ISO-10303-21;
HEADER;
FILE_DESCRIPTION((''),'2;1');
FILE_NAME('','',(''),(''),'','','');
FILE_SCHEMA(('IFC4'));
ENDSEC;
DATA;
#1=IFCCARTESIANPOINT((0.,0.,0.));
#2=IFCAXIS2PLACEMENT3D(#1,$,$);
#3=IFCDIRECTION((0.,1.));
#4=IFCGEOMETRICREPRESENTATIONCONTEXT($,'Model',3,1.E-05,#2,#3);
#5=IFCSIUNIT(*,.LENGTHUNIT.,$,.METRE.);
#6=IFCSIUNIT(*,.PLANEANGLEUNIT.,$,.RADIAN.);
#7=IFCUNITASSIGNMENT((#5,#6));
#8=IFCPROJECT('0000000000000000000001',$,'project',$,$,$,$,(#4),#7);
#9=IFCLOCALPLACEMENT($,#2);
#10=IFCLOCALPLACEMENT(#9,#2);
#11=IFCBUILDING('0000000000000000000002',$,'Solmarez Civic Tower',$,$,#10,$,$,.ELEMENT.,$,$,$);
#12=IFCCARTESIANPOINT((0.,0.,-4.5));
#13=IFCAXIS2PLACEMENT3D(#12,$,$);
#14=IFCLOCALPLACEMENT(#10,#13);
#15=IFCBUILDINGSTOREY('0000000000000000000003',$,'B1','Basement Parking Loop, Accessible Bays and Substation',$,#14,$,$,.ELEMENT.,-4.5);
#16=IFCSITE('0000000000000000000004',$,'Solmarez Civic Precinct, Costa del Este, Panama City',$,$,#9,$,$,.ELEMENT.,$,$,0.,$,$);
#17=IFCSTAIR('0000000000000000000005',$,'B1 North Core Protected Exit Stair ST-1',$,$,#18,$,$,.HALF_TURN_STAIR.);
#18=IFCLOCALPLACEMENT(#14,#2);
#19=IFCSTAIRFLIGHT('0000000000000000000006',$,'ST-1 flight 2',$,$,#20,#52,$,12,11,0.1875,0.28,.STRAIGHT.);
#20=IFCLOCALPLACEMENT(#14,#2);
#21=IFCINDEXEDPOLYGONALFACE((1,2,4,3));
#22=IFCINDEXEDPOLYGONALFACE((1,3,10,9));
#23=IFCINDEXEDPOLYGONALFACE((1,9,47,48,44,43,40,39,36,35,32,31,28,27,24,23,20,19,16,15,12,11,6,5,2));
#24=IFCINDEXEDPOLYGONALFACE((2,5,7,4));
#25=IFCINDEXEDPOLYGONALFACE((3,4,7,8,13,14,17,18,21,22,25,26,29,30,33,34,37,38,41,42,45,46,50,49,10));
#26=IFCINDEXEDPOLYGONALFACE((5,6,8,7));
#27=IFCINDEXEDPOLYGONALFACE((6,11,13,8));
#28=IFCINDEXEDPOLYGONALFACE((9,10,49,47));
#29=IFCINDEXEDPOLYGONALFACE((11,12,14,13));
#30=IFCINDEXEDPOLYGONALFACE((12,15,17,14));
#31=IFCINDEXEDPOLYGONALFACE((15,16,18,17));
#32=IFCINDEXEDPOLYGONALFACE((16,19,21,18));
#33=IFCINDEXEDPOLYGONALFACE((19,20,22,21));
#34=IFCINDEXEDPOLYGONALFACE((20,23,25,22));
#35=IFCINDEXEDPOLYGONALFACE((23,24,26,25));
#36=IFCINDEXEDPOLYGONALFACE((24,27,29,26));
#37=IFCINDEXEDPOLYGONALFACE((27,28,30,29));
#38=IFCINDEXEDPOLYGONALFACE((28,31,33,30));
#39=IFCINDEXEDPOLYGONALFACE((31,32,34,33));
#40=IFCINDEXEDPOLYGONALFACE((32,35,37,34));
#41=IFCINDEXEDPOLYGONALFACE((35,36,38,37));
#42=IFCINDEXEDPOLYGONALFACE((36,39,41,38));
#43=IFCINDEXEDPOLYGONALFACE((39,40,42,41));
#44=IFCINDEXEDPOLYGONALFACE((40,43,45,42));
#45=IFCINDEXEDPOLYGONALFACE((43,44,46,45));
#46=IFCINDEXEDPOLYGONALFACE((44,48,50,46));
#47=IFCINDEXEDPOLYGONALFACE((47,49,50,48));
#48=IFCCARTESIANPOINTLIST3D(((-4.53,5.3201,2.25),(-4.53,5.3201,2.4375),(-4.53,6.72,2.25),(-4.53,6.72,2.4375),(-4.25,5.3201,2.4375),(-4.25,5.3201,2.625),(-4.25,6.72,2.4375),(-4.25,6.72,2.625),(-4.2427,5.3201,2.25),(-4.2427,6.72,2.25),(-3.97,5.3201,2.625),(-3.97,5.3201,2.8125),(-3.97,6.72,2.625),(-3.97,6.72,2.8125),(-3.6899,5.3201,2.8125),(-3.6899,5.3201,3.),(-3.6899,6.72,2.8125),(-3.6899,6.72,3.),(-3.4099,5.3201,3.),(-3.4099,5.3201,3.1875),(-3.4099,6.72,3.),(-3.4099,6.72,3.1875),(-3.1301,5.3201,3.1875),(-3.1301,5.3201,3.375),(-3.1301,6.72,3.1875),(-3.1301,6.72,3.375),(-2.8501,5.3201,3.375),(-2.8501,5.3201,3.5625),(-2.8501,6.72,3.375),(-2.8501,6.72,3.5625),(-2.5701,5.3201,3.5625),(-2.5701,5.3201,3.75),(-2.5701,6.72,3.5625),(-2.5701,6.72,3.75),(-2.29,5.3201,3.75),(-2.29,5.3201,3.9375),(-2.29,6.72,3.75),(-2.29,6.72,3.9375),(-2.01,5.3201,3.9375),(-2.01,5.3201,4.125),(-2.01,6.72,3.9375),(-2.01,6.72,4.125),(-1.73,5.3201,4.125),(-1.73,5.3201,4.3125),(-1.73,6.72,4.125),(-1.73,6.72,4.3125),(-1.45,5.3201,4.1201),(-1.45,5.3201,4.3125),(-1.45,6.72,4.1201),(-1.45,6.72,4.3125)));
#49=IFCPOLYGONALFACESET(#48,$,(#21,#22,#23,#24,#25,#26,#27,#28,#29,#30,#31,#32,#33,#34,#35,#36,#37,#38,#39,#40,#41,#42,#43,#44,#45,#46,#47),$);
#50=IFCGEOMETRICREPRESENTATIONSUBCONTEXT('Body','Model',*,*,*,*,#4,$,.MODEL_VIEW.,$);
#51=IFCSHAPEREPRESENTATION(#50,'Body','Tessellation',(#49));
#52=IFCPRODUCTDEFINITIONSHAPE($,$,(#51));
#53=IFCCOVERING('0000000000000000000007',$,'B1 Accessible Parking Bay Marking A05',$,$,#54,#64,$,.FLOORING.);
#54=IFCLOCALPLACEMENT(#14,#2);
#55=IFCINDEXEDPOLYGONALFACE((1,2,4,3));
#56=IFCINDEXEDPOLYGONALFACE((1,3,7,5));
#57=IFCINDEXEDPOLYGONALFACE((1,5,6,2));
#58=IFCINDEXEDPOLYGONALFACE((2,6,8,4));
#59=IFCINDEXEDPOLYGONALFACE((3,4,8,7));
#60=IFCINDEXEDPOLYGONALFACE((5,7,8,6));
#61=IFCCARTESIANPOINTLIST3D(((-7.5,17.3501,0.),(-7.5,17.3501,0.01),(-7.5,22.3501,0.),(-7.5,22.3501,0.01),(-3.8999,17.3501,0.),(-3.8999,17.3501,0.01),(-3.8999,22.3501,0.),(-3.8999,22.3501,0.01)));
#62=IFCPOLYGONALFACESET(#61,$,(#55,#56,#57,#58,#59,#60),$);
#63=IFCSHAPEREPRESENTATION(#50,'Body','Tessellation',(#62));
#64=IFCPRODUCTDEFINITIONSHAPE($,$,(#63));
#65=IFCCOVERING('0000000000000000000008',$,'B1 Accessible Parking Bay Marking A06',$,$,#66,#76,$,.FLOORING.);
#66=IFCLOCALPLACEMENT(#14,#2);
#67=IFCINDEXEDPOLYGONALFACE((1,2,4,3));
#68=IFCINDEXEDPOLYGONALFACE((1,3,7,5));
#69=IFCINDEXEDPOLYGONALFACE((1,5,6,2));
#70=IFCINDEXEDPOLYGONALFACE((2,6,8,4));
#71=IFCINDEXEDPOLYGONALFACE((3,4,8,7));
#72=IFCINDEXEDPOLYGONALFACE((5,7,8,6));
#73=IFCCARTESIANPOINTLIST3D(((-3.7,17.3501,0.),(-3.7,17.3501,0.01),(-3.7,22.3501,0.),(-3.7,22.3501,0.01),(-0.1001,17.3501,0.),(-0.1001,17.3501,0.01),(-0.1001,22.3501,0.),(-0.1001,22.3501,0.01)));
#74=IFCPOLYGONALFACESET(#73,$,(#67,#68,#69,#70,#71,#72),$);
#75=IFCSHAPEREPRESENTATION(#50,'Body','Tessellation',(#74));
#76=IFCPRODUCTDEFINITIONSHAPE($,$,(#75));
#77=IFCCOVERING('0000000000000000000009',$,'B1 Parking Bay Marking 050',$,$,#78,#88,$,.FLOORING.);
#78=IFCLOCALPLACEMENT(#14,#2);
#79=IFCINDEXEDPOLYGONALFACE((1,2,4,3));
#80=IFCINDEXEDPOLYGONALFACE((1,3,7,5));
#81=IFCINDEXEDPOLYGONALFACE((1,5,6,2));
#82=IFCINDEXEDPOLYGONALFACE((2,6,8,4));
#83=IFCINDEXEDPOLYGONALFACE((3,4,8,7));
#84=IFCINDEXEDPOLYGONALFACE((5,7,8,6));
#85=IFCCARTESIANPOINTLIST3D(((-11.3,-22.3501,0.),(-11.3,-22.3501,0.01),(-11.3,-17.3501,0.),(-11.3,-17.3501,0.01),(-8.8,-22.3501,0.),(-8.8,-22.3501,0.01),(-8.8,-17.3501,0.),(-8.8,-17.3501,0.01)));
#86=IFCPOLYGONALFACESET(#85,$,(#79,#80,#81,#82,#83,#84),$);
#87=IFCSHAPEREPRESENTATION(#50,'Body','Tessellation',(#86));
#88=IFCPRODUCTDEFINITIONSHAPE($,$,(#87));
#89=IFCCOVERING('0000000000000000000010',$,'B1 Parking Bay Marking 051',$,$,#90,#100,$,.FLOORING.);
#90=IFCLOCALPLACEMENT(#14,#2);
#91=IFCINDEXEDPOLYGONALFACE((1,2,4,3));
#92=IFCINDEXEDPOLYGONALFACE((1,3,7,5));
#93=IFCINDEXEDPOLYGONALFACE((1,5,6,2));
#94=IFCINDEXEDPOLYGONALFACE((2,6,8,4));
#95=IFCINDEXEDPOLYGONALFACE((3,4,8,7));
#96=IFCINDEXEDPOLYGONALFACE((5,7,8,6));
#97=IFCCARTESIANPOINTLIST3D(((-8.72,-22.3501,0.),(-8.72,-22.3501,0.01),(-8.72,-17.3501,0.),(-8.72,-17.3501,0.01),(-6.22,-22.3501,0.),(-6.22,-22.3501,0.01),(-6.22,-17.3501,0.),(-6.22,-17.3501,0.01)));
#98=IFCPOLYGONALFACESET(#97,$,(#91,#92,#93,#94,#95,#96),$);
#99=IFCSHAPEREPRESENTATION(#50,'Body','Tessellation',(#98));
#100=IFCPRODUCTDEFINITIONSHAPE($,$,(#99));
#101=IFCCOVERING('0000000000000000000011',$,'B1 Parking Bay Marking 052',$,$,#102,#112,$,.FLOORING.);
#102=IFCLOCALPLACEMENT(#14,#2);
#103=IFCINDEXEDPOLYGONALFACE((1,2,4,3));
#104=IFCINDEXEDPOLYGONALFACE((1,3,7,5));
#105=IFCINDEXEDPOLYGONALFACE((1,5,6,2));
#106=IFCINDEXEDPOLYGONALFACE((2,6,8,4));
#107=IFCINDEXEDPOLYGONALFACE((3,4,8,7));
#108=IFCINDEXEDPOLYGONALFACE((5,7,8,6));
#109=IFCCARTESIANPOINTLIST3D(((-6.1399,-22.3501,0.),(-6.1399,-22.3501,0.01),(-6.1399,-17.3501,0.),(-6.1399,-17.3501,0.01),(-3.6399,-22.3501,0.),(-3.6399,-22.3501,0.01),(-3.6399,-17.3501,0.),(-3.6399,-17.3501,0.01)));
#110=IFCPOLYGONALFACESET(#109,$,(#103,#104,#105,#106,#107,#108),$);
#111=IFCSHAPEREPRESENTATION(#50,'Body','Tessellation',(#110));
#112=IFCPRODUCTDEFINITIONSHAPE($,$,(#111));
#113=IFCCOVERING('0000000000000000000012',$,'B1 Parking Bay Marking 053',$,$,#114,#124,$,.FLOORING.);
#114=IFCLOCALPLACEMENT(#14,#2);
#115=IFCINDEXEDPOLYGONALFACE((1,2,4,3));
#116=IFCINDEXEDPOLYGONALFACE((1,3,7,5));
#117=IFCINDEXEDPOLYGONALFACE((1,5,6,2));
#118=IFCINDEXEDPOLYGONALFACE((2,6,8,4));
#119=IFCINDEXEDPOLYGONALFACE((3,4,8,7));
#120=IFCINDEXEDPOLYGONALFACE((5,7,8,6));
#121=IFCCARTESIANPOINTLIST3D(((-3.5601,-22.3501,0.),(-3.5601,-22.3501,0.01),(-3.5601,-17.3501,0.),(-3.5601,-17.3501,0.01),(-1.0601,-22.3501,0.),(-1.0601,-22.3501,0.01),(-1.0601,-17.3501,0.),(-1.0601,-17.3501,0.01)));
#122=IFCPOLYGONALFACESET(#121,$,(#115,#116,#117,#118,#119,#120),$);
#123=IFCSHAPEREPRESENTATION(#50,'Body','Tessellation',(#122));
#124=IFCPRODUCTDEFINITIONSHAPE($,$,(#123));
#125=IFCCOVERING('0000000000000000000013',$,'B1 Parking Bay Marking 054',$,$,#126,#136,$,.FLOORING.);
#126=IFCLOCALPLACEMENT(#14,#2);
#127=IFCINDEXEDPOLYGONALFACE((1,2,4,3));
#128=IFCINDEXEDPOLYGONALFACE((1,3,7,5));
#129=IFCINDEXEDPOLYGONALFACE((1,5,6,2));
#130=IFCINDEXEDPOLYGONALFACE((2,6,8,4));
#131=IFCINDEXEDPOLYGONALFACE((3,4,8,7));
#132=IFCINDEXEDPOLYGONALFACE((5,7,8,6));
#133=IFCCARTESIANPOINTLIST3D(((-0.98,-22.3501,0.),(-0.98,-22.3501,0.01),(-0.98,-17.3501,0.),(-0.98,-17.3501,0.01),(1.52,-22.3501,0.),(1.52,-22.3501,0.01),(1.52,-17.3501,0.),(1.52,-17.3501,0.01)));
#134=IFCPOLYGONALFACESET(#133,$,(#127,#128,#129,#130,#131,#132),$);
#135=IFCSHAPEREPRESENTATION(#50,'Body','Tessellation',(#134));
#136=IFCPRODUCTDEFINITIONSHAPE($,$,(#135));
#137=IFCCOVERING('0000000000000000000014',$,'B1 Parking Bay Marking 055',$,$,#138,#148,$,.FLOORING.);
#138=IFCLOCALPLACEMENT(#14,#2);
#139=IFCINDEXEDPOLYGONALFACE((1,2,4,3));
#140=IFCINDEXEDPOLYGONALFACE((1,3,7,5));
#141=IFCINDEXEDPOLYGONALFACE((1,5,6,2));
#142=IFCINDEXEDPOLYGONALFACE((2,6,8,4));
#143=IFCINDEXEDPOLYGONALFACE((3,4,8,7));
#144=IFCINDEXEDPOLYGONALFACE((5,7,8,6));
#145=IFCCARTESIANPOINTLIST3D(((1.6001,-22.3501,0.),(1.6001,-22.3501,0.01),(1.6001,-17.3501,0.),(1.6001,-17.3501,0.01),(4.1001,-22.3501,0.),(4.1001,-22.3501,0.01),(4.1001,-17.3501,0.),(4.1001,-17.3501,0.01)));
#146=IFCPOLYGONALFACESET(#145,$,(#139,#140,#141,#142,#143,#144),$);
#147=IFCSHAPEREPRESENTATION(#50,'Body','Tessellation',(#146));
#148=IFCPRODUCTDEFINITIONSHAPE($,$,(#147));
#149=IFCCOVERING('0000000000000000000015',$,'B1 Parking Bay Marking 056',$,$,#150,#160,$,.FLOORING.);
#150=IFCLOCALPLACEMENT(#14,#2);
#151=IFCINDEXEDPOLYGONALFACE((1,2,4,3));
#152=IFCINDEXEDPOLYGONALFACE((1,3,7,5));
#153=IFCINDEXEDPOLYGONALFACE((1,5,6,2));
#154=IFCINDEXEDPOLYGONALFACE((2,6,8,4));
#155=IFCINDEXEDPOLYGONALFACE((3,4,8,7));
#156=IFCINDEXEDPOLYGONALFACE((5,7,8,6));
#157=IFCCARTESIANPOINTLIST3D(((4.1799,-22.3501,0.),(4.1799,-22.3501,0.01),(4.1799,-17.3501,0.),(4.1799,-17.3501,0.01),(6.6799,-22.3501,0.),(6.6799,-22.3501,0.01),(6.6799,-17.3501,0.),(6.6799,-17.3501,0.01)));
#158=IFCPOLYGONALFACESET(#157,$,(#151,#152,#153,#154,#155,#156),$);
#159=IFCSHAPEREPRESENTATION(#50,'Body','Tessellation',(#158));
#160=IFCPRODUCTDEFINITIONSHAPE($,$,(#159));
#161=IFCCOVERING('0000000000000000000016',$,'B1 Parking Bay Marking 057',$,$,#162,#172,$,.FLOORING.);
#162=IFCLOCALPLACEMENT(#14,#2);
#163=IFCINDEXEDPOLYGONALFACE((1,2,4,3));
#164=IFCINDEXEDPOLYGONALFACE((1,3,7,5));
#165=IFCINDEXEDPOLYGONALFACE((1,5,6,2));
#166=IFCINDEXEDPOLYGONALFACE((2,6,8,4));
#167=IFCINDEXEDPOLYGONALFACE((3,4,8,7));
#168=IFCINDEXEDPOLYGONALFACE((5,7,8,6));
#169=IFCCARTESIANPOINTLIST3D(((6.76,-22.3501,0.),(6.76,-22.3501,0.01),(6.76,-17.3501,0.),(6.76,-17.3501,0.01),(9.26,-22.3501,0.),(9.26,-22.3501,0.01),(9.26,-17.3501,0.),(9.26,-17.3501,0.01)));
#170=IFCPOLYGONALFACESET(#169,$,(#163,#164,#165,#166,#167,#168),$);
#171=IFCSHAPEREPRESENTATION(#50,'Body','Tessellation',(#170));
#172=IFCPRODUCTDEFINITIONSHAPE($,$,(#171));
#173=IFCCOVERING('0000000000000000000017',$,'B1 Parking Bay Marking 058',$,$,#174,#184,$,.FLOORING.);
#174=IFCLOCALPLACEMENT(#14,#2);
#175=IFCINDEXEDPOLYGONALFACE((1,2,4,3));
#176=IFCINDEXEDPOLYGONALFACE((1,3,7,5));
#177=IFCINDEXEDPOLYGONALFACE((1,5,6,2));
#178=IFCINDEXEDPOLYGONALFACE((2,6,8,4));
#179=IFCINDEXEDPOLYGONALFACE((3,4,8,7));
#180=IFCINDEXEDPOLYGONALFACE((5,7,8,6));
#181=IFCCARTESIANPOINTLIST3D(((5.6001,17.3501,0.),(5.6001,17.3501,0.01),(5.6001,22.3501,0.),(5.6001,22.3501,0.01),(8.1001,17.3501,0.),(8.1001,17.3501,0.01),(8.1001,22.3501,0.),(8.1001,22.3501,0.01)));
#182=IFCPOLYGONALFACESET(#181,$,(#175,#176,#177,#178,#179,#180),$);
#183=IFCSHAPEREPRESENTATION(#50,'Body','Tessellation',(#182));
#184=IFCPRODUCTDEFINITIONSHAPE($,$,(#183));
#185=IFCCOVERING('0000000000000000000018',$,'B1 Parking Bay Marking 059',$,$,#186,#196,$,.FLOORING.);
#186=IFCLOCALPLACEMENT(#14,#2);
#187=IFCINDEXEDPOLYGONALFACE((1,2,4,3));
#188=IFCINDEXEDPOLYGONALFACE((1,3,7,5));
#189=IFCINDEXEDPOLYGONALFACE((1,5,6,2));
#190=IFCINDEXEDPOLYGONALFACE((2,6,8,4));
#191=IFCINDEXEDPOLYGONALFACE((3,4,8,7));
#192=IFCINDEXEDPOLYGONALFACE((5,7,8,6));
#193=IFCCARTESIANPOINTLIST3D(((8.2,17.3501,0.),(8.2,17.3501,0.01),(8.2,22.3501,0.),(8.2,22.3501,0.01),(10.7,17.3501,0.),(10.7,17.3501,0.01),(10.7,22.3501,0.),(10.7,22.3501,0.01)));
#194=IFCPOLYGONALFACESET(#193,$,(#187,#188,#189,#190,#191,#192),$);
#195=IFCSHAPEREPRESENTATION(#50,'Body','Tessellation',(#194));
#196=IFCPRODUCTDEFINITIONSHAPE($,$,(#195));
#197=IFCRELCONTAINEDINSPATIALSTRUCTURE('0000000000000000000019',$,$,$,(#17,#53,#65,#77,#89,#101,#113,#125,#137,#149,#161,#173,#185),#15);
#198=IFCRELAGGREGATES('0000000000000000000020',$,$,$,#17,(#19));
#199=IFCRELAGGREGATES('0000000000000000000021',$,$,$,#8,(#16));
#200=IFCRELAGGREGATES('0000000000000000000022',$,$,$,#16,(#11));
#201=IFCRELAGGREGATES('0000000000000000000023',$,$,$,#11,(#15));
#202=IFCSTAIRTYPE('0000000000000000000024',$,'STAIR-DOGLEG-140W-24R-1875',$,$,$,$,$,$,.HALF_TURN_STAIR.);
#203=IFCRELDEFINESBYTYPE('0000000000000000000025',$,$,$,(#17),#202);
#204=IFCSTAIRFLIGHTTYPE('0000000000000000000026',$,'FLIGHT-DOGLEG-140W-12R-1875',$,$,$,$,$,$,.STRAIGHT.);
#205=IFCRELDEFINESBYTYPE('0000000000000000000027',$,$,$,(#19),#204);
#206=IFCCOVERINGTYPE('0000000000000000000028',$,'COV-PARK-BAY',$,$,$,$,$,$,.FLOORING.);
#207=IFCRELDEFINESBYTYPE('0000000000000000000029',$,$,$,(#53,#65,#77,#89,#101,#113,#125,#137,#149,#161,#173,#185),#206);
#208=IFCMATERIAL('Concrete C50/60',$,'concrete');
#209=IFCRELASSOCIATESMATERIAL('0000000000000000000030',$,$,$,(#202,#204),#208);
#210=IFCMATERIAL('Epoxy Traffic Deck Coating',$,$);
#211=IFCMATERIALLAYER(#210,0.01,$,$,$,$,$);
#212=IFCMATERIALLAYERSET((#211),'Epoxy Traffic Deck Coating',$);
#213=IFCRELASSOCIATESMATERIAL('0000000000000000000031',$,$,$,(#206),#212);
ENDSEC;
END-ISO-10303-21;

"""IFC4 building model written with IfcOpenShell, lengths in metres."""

from ifc_helpers import new_model, si_unit, direction, frame, origin, place, context, subcontext, project, spatial, polyline, outline, extrude, material, layer, layer_set, type_object, element, aggregate, save


model = new_model("IFC4")

# Units and contexts
model_context = context("Model", 3, precision=1e-05, world=origin(), true_north=direction((0.0, 1.0)))
body_context = subcontext(model_context, "Body", "Model", "MODEL_VIEW")
ifc_project = project(units=[si_unit("LENGTHUNIT", "METRE"), si_unit("PLANEANGLEUNIT", "RADIAN")], contexts=[model_context])

# Site, building, storey
site_placement = place(None, origin())
site = spatial("IfcSite", under=ifc_project, at=site_placement, Name="Solmarez Civic Precinct, Costa del Este, Panama City", CompositionType="ELEMENT", RefElevation=0.0)
building_placement = place(site_placement, origin())
building = spatial("IfcBuilding", under=site, at=building_placement, Name="Solmarez Civic Tower", CompositionType="ELEMENT")
storey_placement = place(building_placement, frame((0.0, 0.0, -4.5)))
storey = spatial("IfcBuildingStorey", under=building, at=storey_placement, Name="B1", Description="Basement Parking Loop, Accessible Bays and Substation", CompositionType="ELEMENT", Elevation=-4.5)

# Shared definitions
ifc_material_1 = material(Name="Concrete C50/60", Category="concrete")

# Stair, stair flight
stair_type = type_object("IfcStairType", Name="STAIR-DOGLEG-140W-24R-1875", PredefinedType="HALF_TURN_STAIR", material=ifc_material_1)
stair_placement = place(storey_placement, origin())
stair = element("IfcStair", 1, at=stair_placement, inside=storey, type_object=stair_type, Name="B1 North Core Protected Exit Stair ST-1", PredefinedType="HALF_TURN_STAIR")
stair_flight_type = type_object("IfcStairFlightType", Name="FLIGHT-DOGLEG-140W-12R-1875", PredefinedType="STRAIGHT", material=ifc_material_1)
stair_flight_1_placement = place(storey_placement, frame((-4.53, 6.02, 2.25), z_axis=(0.0, 0.0, 1.0), x_axis=(1.0, 0.0, 0.0)))
stair_flight_1 = element("IfcStairFlight", 2, at=stair_flight_1_placement, type_object=stair_flight_type, Name="ST-1 flight 2", NumberOfRisers=12, NumberOfTreads=11, PredefinedType="STRAIGHT", RiserHeight=0.1875, TreadLength=0.28, context=body_context, shape_type="SweptSolid", body=[
    extrude(outline(polyline([(0.0, 0.0), (0.0, 0.1875), (0.28, 0.1875), (0.28, 0.375), (0.5601, 0.375), (0.5601, 0.5625), (0.8401, 0.5625), (0.8401, 0.75), (1.1201, 0.75), (1.1201, 0.9375), (1.3999, 0.9375), (1.3999, 1.125), (1.6799, 1.125), (1.6799, 1.3125), (1.96, 1.3125), (1.96, 1.5), (2.24, 1.5), (2.24, 1.6875), (2.52, 1.6875), (2.52, 1.875), (2.8, 1.875), (2.8, 2.0625), (3.0801, 2.0625), (3.0801, 2.25), (3.0801, 1.8701), (0.2874, 0.0), (0.0, 0.0)])), frame((0.0, 0.7, 0.0), z_axis=(0.0, -1.0, 0.0), x_axis=(1.0, 0.0, 0.0)), (0.0, 0.0, 1.0), 1.3999),
])
aggregate(stair, [stair_flight_1])

# Coverings
ifc_material_2 = material(Name="Epoxy Traffic Deck Coating")
ifc_layer_1 = layer(ifc_material_2, 0.01)
ifc_layer_set_1 = layer_set([ifc_layer_1], Name="Epoxy Traffic Deck Coating")
covering_type = type_object("IfcCoveringType", Name="COV-PARK-BAY", PredefinedType="FLOORING", material=ifc_layer_set_1)
covering_1_placement = place(storey_placement, origin())
element("IfcCovering", 3, at=covering_1_placement, inside=storey, type_object=covering_type, Name="B1 Accessible Parking Bay Marking A05", PredefinedType="FLOORING", context=body_context, shape_type="SweptSolid", body=[
    extrude(outline(polyline([(-7.5, 17.3501), (-3.8999, 17.3501), (-3.8999, 22.3501), (-7.5, 22.3501), (-7.5, 17.3501)])), origin(), (0.0, 0.0, 1.0), 0.01),
])
covering_2_placement = place(storey_placement, origin())
element("IfcCovering", 4, at=covering_2_placement, inside=storey, type_object=covering_type, Name="B1 Accessible Parking Bay Marking A06", PredefinedType="FLOORING", context=body_context, shape_type="SweptSolid", body=[
    extrude(outline(polyline([(-3.7, 17.3501), (-0.1001, 17.3501), (-0.1001, 22.3501), (-3.7, 22.3501), (-3.7, 17.3501)])), origin(), (0.0, 0.0, 1.0), 0.01),
])
covering_3_placement = place(storey_placement, origin())
element("IfcCovering", 5, at=covering_3_placement, inside=storey, type_object=covering_type, Name="B1 Parking Bay Marking 050", PredefinedType="FLOORING", context=body_context, shape_type="SweptSolid", body=[
    extrude(outline(polyline([(-11.3, -22.3501), (-8.8, -22.3501), (-8.8, -17.3501), (-11.3, -17.3501), (-11.3, -22.3501)])), origin(), (0.0, 0.0, 1.0), 0.01),
])
covering_4_placement = place(storey_placement, origin())
element("IfcCovering", 6, at=covering_4_placement, inside=storey, type_object=covering_type, Name="B1 Parking Bay Marking 051", PredefinedType="FLOORING", context=body_context, shape_type="SweptSolid", body=[
    extrude(outline(polyline([(-8.72, -22.3501), (-6.22, -22.3501), (-6.22, -17.3501), (-8.72, -17.3501), (-8.72, -22.3501)])), origin(), (0.0, 0.0, 1.0), 0.01),
])
covering_5_placement = place(storey_placement, origin())
element("IfcCovering", 7, at=covering_5_placement, inside=storey, type_object=covering_type, Name="B1 Parking Bay Marking 052", PredefinedType="FLOORING", context=body_context, shape_type="SweptSolid", body=[
    extrude(outline(polyline([(-6.1399, -22.3501), (-3.6399, -22.3501), (-3.6399, -17.3501), (-6.1399, -17.3501), (-6.1399, -22.3501)])), origin(), (0.0, 0.0, 1.0), 0.01),
])
covering_6_placement = place(storey_placement, origin())
element("IfcCovering", 8, at=covering_6_placement, inside=storey, type_object=covering_type, Name="B1 Parking Bay Marking 053", PredefinedType="FLOORING", context=body_context, shape_type="SweptSolid", body=[
    extrude(outline(polyline([(-3.5601, -22.3501), (-1.0601, -22.3501), (-1.0601, -17.3501), (-3.5601, -17.3501), (-3.5601, -22.3501)])), origin(), (0.0, 0.0, 1.0), 0.01),
])
covering_7_placement = place(storey_placement, origin())
element("IfcCovering", 9, at=covering_7_placement, inside=storey, type_object=covering_type, Name="B1 Parking Bay Marking 054", PredefinedType="FLOORING", context=body_context, shape_type="SweptSolid", body=[
    extrude(outline(polyline([(-0.98, -22.3501), (1.52, -22.3501), (1.52, -17.3501), (-0.98, -17.3501), (-0.98, -22.3501)])), origin(), (0.0, 0.0, 1.0), 0.01),
])
covering_8_placement = place(storey_placement, origin())
element("IfcCovering", 10, at=covering_8_placement, inside=storey, type_object=covering_type, Name="B1 Parking Bay Marking 055", PredefinedType="FLOORING", context=body_context, shape_type="SweptSolid", body=[
    extrude(outline(polyline([(1.6001, -22.3501), (4.1001, -22.3501), (4.1001, -17.3501), (1.6001, -17.3501), (1.6001, -22.3501)])), origin(), (0.0, 0.0, 1.0), 0.01),
])
covering_9_placement = place(storey_placement, origin())
element("IfcCovering", 11, at=covering_9_placement, inside=storey, type_object=covering_type, Name="B1 Parking Bay Marking 056", PredefinedType="FLOORING", context=body_context, shape_type="SweptSolid", body=[
    extrude(outline(polyline([(4.1799, -22.3501), (6.6799, -22.3501), (6.6799, -17.3501), (4.1799, -17.3501), (4.1799, -22.3501)])), origin(), (0.0, 0.0, 1.0), 0.01),
])
covering_10_placement = place(storey_placement, origin())
element("IfcCovering", 12, at=covering_10_placement, inside=storey, type_object=covering_type, Name="B1 Parking Bay Marking 057", PredefinedType="FLOORING", context=body_context, shape_type="SweptSolid", body=[
    extrude(outline(polyline([(6.76, -22.3501), (9.26, -22.3501), (9.26, -17.3501), (6.76, -17.3501), (6.76, -22.3501)])), origin(), (0.0, 0.0, 1.0), 0.01),
])
covering_11_placement = place(storey_placement, origin())
element("IfcCovering", 13, at=covering_11_placement, inside=storey, type_object=covering_type, Name="B1 Parking Bay Marking 058", PredefinedType="FLOORING", context=body_context, shape_type="SweptSolid", body=[
    extrude(outline(polyline([(5.6001, 17.3501), (8.1001, 17.3501), (8.1001, 22.3501), (5.6001, 22.3501), (5.6001, 17.3501)])), origin(), (0.0, 0.0, 1.0), 0.01),
])
covering_12_placement = place(storey_placement, origin())
element("IfcCovering", 14, at=covering_12_placement, inside=storey, type_object=covering_type, Name="B1 Parking Bay Marking 059", PredefinedType="FLOORING", context=body_context, shape_type="SweptSolid", body=[
    extrude(outline(polyline([(8.2, 17.3501), (10.7, 17.3501), (10.7, 22.3501), (8.2, 22.3501), (8.2, 17.3501)])), origin(), (0.0, 0.0, 1.0), 0.01),
])

save(model, "model.ifc")
